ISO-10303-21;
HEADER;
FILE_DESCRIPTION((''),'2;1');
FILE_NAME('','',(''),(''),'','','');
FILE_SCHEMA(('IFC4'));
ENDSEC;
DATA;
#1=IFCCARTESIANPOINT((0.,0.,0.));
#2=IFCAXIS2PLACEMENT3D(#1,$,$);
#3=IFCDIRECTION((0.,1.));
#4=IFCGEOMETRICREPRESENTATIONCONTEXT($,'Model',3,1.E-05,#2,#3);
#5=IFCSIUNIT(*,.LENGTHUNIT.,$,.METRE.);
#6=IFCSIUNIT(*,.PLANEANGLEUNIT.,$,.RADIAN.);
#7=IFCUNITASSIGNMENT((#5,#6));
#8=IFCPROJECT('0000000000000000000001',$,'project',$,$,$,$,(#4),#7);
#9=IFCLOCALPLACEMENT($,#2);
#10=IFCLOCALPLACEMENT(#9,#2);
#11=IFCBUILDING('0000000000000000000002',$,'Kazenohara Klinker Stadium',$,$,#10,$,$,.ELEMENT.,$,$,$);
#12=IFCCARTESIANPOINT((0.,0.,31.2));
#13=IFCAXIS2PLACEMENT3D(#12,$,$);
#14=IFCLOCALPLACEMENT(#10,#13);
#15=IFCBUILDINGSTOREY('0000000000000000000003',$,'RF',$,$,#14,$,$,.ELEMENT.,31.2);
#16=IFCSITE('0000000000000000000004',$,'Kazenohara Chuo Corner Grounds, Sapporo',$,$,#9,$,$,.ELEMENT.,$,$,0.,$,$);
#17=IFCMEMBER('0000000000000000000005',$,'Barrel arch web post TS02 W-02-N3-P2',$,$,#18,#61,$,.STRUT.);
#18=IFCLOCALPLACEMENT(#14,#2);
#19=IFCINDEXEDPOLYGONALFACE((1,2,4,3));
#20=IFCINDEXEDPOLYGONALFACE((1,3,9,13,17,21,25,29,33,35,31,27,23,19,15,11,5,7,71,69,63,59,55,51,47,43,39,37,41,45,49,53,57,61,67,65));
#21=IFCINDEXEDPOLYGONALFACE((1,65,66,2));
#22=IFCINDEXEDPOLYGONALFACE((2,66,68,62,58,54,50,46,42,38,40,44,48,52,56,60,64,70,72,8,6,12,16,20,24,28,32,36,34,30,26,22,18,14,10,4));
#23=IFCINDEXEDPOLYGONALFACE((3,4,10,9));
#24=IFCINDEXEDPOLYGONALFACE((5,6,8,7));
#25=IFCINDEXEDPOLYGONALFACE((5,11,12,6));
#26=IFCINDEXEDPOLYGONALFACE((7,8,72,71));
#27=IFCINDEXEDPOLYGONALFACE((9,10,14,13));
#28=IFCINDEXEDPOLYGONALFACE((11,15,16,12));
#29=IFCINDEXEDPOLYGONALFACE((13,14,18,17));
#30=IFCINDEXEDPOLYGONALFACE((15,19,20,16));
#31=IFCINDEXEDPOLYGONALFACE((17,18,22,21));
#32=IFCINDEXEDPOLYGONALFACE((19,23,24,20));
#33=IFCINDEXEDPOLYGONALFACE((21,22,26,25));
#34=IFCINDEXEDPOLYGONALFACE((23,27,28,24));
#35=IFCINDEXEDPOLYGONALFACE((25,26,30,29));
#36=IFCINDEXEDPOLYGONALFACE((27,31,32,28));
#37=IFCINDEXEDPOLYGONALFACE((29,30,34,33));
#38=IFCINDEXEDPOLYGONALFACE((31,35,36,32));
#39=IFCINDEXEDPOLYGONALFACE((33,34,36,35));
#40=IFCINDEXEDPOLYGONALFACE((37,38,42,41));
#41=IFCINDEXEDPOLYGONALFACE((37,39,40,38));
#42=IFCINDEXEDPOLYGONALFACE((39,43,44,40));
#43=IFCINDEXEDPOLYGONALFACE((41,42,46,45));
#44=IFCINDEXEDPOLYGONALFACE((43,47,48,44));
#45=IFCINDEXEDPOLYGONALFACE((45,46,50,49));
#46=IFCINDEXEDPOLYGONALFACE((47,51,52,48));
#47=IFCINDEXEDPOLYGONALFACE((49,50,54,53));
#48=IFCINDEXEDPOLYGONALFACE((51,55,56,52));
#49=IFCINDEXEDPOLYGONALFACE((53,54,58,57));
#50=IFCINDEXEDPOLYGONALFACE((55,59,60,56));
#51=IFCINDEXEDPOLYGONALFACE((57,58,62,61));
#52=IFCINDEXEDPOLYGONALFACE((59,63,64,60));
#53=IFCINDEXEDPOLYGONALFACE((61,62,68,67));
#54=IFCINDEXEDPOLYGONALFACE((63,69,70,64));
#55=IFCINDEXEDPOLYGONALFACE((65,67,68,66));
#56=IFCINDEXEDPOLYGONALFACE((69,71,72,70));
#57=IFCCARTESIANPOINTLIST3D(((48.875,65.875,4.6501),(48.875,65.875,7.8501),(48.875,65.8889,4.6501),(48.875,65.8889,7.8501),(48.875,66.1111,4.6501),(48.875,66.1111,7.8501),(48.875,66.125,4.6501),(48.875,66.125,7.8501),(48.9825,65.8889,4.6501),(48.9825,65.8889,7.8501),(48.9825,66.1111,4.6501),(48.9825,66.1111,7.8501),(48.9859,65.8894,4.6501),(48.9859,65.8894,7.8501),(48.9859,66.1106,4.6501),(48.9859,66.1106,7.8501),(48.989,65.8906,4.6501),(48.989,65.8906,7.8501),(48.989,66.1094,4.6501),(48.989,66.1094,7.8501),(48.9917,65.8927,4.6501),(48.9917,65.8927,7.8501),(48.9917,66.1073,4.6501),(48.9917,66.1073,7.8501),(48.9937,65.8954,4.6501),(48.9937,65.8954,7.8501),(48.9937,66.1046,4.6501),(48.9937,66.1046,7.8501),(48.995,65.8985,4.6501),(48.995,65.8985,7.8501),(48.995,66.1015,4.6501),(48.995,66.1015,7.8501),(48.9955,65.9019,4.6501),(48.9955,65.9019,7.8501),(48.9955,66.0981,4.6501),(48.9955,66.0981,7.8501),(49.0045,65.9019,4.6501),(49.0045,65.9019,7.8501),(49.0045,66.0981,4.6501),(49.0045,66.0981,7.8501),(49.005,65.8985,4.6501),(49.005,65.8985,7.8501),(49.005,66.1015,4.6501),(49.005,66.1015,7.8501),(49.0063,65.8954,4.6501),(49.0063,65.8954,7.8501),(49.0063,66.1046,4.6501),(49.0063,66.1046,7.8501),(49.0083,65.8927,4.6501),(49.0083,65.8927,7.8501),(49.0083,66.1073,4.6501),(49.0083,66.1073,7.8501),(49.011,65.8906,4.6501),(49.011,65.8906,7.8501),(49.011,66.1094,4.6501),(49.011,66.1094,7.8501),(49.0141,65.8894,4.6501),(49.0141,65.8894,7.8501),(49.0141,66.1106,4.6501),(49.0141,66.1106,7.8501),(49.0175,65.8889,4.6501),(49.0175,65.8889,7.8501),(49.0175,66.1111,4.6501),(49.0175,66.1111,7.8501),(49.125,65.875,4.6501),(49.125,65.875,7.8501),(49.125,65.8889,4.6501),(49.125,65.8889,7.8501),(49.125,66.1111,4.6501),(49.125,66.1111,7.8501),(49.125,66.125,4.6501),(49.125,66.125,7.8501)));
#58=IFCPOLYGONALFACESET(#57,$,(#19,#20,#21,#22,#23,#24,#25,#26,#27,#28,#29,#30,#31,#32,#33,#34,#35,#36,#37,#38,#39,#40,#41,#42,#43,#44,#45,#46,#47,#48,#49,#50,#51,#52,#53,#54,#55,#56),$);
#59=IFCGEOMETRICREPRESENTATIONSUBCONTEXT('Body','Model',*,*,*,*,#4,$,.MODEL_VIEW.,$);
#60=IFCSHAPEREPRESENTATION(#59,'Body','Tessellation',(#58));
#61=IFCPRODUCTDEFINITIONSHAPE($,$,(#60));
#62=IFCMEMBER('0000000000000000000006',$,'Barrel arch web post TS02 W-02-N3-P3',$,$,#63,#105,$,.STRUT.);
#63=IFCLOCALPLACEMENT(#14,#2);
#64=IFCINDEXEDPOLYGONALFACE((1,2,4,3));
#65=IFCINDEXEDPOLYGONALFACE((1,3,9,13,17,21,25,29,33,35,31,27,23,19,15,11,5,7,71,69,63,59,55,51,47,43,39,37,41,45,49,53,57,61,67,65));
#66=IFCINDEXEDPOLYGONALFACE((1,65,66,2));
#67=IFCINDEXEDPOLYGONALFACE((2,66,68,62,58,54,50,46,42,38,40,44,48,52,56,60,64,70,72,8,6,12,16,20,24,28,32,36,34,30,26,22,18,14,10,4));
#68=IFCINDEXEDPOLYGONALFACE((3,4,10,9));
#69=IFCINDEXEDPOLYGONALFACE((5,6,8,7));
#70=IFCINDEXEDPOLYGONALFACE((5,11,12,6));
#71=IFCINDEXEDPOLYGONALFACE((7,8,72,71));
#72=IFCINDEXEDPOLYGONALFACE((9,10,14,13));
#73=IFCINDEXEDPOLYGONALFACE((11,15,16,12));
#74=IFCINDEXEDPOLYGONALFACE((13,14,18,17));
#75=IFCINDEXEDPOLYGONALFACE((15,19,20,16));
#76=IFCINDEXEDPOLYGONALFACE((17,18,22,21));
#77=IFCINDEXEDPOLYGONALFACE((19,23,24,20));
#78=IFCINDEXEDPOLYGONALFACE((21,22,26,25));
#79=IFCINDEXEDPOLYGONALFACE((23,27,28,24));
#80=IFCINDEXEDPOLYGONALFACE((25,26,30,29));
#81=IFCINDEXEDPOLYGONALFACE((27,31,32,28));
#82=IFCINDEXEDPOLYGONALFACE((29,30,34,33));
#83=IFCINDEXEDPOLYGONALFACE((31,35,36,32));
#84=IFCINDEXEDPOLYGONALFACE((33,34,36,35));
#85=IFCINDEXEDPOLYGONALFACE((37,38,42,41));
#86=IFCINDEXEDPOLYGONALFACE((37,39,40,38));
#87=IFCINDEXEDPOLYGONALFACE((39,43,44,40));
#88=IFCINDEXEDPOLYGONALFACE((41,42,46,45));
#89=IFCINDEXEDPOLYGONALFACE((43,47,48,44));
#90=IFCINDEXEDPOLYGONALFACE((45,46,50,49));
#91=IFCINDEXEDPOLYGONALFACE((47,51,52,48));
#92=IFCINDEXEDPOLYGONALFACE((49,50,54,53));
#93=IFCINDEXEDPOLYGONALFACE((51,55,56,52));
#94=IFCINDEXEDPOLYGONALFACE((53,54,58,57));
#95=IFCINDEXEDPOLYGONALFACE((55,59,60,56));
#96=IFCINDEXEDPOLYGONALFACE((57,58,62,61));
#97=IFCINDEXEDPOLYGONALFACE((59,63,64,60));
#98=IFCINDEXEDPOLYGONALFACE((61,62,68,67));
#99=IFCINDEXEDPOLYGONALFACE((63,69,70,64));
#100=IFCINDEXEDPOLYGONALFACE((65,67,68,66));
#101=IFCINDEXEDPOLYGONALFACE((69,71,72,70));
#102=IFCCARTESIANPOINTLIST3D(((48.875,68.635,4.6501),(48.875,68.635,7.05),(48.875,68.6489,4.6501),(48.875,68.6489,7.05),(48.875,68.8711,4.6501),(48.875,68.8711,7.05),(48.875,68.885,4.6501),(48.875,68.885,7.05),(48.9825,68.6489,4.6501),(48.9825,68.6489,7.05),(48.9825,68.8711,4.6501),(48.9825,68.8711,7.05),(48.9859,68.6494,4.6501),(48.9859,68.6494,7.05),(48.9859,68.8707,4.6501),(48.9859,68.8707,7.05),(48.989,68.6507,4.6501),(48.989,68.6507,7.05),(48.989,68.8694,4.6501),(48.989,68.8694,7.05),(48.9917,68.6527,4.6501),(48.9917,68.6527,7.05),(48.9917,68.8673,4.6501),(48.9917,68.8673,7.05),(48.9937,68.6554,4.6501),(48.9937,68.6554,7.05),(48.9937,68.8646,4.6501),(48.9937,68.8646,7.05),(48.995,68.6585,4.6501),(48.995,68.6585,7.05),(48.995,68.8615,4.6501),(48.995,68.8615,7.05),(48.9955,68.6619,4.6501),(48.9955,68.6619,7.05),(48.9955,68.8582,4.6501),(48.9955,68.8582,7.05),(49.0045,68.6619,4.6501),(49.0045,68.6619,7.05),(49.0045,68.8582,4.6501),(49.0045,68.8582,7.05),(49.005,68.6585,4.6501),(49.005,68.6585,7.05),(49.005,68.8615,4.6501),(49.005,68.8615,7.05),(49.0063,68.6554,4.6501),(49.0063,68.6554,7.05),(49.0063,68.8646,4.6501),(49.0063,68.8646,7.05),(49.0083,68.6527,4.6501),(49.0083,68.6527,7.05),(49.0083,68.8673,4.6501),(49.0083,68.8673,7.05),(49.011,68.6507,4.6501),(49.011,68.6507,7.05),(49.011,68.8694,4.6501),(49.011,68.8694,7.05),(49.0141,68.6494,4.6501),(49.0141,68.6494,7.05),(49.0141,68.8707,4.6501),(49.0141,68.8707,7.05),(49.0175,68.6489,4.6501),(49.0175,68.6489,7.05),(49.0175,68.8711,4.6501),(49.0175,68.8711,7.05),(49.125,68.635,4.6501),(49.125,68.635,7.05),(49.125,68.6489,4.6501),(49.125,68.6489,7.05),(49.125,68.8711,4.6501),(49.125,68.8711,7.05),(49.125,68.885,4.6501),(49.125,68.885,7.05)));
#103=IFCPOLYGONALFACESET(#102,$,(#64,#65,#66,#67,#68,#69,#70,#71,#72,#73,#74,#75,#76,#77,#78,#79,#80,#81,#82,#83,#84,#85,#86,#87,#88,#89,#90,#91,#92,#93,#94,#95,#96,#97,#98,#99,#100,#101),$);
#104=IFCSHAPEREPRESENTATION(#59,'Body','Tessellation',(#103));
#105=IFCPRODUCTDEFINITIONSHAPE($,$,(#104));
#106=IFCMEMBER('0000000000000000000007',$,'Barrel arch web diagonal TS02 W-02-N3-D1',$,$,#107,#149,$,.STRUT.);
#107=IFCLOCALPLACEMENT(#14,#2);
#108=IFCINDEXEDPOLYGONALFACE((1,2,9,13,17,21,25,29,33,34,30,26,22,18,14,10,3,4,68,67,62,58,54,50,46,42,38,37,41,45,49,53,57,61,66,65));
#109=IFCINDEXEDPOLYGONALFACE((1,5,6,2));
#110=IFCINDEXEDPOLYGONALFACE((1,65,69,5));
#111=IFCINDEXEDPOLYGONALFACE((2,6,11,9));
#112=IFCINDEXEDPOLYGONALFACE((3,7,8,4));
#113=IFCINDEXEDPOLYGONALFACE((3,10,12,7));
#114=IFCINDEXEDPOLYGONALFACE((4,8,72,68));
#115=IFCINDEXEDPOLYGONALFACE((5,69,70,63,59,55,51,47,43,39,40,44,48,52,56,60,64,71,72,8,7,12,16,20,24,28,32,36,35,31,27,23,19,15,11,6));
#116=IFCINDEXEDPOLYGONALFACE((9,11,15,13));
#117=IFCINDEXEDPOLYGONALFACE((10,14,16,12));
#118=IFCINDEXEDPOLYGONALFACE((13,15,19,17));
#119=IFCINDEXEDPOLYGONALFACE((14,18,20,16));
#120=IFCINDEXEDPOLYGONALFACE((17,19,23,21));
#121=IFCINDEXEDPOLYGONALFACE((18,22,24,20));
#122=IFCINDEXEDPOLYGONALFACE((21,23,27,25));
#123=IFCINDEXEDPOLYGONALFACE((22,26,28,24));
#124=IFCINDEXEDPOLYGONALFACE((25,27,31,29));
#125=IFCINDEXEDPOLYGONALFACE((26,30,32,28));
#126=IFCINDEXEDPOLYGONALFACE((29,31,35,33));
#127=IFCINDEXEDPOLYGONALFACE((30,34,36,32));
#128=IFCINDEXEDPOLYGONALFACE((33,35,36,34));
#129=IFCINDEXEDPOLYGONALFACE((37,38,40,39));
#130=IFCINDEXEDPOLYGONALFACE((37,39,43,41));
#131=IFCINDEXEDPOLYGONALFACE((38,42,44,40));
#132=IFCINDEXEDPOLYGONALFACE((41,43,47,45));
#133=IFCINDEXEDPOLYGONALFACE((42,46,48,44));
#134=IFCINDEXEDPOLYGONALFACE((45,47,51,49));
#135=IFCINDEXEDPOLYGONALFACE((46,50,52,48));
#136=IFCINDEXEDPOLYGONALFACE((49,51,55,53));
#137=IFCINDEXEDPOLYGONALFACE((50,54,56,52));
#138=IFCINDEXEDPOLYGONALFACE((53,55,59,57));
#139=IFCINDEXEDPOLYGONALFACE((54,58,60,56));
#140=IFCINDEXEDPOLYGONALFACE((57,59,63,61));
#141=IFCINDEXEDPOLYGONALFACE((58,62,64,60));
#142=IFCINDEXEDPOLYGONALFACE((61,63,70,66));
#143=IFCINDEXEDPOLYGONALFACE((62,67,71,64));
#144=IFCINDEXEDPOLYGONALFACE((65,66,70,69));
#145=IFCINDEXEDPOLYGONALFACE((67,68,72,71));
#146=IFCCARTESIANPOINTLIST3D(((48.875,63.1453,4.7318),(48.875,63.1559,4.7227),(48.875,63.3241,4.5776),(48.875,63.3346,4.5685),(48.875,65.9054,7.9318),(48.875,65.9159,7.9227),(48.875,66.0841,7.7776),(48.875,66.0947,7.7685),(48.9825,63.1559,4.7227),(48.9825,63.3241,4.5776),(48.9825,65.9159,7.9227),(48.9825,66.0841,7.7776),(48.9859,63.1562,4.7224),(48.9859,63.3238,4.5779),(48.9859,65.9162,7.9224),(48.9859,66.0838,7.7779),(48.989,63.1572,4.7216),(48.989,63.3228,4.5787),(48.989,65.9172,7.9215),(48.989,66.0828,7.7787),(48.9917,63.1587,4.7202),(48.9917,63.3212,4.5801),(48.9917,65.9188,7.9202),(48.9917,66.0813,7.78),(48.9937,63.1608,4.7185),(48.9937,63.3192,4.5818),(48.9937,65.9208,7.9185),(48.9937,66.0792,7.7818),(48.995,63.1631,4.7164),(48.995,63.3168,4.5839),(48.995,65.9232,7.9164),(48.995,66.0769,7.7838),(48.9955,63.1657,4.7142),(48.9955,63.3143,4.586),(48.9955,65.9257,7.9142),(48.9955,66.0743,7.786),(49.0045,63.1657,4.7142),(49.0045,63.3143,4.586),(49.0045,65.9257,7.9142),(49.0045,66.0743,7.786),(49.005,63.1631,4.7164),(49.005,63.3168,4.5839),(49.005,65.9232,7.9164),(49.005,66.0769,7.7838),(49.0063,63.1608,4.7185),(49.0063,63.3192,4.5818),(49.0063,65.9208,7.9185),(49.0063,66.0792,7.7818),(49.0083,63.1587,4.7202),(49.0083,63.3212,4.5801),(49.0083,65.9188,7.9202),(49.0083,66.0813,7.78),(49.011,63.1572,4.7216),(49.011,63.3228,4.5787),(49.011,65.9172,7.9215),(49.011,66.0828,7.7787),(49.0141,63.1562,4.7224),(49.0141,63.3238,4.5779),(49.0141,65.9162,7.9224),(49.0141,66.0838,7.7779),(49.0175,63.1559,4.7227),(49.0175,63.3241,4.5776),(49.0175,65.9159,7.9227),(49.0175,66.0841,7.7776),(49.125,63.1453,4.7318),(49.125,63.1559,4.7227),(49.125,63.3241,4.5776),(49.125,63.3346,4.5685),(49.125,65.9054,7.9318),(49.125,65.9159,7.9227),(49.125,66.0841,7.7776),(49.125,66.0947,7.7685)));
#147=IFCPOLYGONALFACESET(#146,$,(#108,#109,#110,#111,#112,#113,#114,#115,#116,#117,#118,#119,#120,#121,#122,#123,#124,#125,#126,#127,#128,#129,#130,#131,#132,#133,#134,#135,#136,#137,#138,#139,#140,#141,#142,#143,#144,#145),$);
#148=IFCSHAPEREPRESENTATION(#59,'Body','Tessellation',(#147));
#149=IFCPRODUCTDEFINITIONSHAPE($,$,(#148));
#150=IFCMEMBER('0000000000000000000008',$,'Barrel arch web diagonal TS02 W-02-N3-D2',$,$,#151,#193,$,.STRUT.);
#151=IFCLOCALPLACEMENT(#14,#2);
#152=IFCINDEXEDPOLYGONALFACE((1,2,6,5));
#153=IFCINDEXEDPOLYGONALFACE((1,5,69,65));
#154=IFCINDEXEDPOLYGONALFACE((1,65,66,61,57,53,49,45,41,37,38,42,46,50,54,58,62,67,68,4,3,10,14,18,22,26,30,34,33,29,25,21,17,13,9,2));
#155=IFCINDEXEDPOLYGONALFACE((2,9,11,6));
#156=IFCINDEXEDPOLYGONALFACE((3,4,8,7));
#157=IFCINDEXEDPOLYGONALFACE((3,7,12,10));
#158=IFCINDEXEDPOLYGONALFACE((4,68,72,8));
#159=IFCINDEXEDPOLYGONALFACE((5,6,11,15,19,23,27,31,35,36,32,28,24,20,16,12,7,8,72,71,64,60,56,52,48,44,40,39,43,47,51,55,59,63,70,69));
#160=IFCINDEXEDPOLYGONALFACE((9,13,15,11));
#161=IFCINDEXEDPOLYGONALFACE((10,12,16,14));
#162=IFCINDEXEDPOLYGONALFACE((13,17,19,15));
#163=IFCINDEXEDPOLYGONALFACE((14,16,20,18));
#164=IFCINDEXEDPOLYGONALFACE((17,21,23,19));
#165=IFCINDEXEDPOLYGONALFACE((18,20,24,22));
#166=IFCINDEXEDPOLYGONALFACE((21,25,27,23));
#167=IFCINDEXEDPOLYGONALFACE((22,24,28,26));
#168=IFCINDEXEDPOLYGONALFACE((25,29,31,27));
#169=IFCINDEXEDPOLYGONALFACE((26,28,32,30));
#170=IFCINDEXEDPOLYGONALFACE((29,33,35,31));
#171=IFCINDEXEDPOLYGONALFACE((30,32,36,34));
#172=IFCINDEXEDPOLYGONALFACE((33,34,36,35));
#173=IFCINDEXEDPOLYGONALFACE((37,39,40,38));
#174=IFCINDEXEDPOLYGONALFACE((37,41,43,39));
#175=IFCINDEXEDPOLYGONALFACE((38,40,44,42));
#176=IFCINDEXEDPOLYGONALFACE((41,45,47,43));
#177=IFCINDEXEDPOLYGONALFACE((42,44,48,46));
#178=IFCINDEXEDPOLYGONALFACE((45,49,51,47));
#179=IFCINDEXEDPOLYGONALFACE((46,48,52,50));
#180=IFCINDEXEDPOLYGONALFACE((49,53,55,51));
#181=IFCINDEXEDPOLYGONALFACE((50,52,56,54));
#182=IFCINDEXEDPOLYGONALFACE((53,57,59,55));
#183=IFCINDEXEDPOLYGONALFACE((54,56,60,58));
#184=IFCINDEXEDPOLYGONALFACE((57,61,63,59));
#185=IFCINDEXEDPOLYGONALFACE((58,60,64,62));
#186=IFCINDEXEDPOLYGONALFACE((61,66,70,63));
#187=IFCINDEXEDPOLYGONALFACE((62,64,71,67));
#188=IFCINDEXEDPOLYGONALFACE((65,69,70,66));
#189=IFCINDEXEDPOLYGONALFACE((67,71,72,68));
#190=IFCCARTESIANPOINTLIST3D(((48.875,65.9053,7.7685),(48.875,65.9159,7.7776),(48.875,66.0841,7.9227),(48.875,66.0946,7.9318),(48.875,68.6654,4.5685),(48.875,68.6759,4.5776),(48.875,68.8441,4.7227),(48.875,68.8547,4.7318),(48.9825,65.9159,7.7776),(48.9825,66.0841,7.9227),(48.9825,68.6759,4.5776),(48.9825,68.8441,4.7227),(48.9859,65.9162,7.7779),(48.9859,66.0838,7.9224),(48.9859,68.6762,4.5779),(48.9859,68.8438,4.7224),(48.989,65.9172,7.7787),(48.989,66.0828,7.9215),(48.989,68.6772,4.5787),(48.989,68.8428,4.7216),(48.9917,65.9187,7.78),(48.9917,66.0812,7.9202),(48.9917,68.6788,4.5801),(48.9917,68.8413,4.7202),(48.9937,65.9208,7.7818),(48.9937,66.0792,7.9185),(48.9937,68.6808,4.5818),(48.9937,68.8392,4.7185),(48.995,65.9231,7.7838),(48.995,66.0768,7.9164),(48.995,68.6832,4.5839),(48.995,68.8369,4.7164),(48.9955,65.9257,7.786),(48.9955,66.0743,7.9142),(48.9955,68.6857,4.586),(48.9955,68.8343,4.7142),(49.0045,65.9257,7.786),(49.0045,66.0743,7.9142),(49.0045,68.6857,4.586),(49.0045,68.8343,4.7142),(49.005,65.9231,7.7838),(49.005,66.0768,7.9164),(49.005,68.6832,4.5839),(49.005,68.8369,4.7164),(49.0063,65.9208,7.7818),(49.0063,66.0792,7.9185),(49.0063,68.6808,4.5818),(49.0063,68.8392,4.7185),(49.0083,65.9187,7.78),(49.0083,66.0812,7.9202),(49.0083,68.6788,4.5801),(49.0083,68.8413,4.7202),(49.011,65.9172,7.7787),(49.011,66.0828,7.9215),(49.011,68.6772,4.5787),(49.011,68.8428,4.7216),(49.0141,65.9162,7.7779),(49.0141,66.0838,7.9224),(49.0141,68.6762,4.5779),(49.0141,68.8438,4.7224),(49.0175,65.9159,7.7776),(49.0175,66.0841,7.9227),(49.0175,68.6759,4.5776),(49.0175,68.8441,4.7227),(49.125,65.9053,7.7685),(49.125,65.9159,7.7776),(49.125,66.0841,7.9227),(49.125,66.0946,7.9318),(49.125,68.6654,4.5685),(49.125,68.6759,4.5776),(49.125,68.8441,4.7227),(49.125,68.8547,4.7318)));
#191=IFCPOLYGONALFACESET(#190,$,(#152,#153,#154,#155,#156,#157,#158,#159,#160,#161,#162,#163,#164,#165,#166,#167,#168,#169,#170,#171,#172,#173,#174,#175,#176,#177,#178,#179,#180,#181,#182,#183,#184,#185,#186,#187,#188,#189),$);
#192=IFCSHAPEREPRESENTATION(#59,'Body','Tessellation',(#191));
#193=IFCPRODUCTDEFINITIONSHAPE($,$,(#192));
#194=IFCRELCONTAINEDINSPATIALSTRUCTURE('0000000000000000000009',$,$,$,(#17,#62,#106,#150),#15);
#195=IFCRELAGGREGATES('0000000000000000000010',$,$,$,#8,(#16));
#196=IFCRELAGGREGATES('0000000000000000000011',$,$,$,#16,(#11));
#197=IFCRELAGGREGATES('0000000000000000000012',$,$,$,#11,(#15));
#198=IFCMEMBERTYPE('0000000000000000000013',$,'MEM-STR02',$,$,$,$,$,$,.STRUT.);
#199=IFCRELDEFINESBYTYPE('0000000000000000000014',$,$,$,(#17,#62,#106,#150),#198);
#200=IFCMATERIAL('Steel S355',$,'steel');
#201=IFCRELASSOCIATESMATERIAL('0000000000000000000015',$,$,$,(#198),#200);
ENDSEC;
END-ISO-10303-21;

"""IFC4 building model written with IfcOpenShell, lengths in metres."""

from ifc_helpers import new_model, si_unit, direction, frame, origin, origin_2d, place, context, subcontext, project, spatial, i_section, extrude, material, material_profile, profile_set, type_object, element, save


model = new_model("IFC4")

# Units and contexts
model_context = context("Model", 3, precision=1e-05, world=origin(), true_north=direction((0.0, 1.0)))
body_context = subcontext(model_context, "Body", "Model", "MODEL_VIEW")
ifc_project = project(units=[si_unit("LENGTHUNIT", "METRE"), si_unit("PLANEANGLEUNIT", "RADIAN")], contexts=[model_context])

# Site, building, storey
site_placement = place(None, origin())
site = spatial("IfcSite", under=ifc_project, at=site_placement, Name="Kazenohara Chuo Corner Grounds, Sapporo", CompositionType="ELEMENT", RefElevation=0.0)
building_placement = place(site_placement, origin())
building = spatial("IfcBuilding", under=site, at=building_placement, Name="Kazenohara Klinker Stadium", CompositionType="ELEMENT")
storey_placement = place(building_placement, frame((0.0, 0.0, 31.2)))
storey = spatial("IfcBuildingStorey", under=building, at=storey_placement, Name="RF", CompositionType="ELEMENT", Elevation=31.2)

# Members
ifc_material_1 = material(Name="Steel S355", Category="steel")
ifc_material_profile_1 = material_profile(ifc_material_1, i_section(OverallWidth=0.25, OverallDepth=0.25, WebThickness=0.009, FlangeThickness=0.0139, FilletRadius=0.0129, at=origin_2d()), Name="H-250x250x9x14")
ifc_profile_set_1 = profile_set([ifc_material_profile_1], Name="Steel S355")
member_type_1 = type_object("IfcMemberType", Name="MEM-STR02", PredefinedType="STRUT", material=ifc_profile_set_1)
member_1_placement = place(storey_placement, frame((49.0, 66.0, 4.6501), z_axis=(0.0, 0.0, 1.0), x_axis=(1.0, 0.0, 0.0)))
element("IfcMember", 1, at=member_1_placement, inside=storey, type_object=member_type_1, Name="Barrel arch web post TS02 W-02-N3-P2", PredefinedType="STRUT", context=body_context, shape_type="SweptSolid", body=[
    extrude(i_section(OverallWidth=0.25, OverallDepth=0.25, WebThickness=0.009, FlangeThickness=0.0139, FilletRadius=0.0129, at=origin_2d()), origin(), (0.0, 0.0, 1.0), 3.2),
])
member_2_placement = place(storey_placement, frame((49.0, 68.76, 4.6501), z_axis=(0.0, 0.0, 1.0), x_axis=(1.0, 0.0, 0.0)))
element("IfcMember", 2, at=member_2_placement, inside=storey, type_object=member_type_1, Name="Barrel arch web post TS02 W-02-N3-P3", PredefinedType="STRUT", context=body_context, shape_type="SweptSolid", body=[
    extrude(i_section(OverallWidth=0.25, OverallDepth=0.25, WebThickness=0.009, FlangeThickness=0.0139, FilletRadius=0.0129, at=origin_2d()), origin(), (0.0, 0.0, 1.0), 2.3999),
])
for number, where, z_axis, x_axis, name in (
    (3, (49.0, 63.24, 4.6501), (0.0, 0.653134, 0.757242), (-1.0, 0.0, 0.0), "Barrel arch web diagonal TS02 W-02-N3-D1"),
    (4, (49.0, 68.76, 4.6501), (0.0, -0.653134, 0.757242), (1.0, 0.0, 0.0), "Barrel arch web diagonal TS02 W-02-N3-D2"),
):
    element("IfcMember", number, at=place(storey_placement, frame(where, z_axis=z_axis, x_axis=x_axis)), inside=storey, type_object=member_type_1, Name=name, PredefinedType="STRUT", context=body_context, shape_type="SweptSolid", body=[
        extrude(i_section(OverallWidth=0.25, OverallDepth=0.25, WebThickness=0.009, FlangeThickness=0.0139, FilletRadius=0.0129, at=origin_2d()), origin(), (0.0, 0.0, 1.0), 4.2258),
    ])

save(model, "model.ifc")
